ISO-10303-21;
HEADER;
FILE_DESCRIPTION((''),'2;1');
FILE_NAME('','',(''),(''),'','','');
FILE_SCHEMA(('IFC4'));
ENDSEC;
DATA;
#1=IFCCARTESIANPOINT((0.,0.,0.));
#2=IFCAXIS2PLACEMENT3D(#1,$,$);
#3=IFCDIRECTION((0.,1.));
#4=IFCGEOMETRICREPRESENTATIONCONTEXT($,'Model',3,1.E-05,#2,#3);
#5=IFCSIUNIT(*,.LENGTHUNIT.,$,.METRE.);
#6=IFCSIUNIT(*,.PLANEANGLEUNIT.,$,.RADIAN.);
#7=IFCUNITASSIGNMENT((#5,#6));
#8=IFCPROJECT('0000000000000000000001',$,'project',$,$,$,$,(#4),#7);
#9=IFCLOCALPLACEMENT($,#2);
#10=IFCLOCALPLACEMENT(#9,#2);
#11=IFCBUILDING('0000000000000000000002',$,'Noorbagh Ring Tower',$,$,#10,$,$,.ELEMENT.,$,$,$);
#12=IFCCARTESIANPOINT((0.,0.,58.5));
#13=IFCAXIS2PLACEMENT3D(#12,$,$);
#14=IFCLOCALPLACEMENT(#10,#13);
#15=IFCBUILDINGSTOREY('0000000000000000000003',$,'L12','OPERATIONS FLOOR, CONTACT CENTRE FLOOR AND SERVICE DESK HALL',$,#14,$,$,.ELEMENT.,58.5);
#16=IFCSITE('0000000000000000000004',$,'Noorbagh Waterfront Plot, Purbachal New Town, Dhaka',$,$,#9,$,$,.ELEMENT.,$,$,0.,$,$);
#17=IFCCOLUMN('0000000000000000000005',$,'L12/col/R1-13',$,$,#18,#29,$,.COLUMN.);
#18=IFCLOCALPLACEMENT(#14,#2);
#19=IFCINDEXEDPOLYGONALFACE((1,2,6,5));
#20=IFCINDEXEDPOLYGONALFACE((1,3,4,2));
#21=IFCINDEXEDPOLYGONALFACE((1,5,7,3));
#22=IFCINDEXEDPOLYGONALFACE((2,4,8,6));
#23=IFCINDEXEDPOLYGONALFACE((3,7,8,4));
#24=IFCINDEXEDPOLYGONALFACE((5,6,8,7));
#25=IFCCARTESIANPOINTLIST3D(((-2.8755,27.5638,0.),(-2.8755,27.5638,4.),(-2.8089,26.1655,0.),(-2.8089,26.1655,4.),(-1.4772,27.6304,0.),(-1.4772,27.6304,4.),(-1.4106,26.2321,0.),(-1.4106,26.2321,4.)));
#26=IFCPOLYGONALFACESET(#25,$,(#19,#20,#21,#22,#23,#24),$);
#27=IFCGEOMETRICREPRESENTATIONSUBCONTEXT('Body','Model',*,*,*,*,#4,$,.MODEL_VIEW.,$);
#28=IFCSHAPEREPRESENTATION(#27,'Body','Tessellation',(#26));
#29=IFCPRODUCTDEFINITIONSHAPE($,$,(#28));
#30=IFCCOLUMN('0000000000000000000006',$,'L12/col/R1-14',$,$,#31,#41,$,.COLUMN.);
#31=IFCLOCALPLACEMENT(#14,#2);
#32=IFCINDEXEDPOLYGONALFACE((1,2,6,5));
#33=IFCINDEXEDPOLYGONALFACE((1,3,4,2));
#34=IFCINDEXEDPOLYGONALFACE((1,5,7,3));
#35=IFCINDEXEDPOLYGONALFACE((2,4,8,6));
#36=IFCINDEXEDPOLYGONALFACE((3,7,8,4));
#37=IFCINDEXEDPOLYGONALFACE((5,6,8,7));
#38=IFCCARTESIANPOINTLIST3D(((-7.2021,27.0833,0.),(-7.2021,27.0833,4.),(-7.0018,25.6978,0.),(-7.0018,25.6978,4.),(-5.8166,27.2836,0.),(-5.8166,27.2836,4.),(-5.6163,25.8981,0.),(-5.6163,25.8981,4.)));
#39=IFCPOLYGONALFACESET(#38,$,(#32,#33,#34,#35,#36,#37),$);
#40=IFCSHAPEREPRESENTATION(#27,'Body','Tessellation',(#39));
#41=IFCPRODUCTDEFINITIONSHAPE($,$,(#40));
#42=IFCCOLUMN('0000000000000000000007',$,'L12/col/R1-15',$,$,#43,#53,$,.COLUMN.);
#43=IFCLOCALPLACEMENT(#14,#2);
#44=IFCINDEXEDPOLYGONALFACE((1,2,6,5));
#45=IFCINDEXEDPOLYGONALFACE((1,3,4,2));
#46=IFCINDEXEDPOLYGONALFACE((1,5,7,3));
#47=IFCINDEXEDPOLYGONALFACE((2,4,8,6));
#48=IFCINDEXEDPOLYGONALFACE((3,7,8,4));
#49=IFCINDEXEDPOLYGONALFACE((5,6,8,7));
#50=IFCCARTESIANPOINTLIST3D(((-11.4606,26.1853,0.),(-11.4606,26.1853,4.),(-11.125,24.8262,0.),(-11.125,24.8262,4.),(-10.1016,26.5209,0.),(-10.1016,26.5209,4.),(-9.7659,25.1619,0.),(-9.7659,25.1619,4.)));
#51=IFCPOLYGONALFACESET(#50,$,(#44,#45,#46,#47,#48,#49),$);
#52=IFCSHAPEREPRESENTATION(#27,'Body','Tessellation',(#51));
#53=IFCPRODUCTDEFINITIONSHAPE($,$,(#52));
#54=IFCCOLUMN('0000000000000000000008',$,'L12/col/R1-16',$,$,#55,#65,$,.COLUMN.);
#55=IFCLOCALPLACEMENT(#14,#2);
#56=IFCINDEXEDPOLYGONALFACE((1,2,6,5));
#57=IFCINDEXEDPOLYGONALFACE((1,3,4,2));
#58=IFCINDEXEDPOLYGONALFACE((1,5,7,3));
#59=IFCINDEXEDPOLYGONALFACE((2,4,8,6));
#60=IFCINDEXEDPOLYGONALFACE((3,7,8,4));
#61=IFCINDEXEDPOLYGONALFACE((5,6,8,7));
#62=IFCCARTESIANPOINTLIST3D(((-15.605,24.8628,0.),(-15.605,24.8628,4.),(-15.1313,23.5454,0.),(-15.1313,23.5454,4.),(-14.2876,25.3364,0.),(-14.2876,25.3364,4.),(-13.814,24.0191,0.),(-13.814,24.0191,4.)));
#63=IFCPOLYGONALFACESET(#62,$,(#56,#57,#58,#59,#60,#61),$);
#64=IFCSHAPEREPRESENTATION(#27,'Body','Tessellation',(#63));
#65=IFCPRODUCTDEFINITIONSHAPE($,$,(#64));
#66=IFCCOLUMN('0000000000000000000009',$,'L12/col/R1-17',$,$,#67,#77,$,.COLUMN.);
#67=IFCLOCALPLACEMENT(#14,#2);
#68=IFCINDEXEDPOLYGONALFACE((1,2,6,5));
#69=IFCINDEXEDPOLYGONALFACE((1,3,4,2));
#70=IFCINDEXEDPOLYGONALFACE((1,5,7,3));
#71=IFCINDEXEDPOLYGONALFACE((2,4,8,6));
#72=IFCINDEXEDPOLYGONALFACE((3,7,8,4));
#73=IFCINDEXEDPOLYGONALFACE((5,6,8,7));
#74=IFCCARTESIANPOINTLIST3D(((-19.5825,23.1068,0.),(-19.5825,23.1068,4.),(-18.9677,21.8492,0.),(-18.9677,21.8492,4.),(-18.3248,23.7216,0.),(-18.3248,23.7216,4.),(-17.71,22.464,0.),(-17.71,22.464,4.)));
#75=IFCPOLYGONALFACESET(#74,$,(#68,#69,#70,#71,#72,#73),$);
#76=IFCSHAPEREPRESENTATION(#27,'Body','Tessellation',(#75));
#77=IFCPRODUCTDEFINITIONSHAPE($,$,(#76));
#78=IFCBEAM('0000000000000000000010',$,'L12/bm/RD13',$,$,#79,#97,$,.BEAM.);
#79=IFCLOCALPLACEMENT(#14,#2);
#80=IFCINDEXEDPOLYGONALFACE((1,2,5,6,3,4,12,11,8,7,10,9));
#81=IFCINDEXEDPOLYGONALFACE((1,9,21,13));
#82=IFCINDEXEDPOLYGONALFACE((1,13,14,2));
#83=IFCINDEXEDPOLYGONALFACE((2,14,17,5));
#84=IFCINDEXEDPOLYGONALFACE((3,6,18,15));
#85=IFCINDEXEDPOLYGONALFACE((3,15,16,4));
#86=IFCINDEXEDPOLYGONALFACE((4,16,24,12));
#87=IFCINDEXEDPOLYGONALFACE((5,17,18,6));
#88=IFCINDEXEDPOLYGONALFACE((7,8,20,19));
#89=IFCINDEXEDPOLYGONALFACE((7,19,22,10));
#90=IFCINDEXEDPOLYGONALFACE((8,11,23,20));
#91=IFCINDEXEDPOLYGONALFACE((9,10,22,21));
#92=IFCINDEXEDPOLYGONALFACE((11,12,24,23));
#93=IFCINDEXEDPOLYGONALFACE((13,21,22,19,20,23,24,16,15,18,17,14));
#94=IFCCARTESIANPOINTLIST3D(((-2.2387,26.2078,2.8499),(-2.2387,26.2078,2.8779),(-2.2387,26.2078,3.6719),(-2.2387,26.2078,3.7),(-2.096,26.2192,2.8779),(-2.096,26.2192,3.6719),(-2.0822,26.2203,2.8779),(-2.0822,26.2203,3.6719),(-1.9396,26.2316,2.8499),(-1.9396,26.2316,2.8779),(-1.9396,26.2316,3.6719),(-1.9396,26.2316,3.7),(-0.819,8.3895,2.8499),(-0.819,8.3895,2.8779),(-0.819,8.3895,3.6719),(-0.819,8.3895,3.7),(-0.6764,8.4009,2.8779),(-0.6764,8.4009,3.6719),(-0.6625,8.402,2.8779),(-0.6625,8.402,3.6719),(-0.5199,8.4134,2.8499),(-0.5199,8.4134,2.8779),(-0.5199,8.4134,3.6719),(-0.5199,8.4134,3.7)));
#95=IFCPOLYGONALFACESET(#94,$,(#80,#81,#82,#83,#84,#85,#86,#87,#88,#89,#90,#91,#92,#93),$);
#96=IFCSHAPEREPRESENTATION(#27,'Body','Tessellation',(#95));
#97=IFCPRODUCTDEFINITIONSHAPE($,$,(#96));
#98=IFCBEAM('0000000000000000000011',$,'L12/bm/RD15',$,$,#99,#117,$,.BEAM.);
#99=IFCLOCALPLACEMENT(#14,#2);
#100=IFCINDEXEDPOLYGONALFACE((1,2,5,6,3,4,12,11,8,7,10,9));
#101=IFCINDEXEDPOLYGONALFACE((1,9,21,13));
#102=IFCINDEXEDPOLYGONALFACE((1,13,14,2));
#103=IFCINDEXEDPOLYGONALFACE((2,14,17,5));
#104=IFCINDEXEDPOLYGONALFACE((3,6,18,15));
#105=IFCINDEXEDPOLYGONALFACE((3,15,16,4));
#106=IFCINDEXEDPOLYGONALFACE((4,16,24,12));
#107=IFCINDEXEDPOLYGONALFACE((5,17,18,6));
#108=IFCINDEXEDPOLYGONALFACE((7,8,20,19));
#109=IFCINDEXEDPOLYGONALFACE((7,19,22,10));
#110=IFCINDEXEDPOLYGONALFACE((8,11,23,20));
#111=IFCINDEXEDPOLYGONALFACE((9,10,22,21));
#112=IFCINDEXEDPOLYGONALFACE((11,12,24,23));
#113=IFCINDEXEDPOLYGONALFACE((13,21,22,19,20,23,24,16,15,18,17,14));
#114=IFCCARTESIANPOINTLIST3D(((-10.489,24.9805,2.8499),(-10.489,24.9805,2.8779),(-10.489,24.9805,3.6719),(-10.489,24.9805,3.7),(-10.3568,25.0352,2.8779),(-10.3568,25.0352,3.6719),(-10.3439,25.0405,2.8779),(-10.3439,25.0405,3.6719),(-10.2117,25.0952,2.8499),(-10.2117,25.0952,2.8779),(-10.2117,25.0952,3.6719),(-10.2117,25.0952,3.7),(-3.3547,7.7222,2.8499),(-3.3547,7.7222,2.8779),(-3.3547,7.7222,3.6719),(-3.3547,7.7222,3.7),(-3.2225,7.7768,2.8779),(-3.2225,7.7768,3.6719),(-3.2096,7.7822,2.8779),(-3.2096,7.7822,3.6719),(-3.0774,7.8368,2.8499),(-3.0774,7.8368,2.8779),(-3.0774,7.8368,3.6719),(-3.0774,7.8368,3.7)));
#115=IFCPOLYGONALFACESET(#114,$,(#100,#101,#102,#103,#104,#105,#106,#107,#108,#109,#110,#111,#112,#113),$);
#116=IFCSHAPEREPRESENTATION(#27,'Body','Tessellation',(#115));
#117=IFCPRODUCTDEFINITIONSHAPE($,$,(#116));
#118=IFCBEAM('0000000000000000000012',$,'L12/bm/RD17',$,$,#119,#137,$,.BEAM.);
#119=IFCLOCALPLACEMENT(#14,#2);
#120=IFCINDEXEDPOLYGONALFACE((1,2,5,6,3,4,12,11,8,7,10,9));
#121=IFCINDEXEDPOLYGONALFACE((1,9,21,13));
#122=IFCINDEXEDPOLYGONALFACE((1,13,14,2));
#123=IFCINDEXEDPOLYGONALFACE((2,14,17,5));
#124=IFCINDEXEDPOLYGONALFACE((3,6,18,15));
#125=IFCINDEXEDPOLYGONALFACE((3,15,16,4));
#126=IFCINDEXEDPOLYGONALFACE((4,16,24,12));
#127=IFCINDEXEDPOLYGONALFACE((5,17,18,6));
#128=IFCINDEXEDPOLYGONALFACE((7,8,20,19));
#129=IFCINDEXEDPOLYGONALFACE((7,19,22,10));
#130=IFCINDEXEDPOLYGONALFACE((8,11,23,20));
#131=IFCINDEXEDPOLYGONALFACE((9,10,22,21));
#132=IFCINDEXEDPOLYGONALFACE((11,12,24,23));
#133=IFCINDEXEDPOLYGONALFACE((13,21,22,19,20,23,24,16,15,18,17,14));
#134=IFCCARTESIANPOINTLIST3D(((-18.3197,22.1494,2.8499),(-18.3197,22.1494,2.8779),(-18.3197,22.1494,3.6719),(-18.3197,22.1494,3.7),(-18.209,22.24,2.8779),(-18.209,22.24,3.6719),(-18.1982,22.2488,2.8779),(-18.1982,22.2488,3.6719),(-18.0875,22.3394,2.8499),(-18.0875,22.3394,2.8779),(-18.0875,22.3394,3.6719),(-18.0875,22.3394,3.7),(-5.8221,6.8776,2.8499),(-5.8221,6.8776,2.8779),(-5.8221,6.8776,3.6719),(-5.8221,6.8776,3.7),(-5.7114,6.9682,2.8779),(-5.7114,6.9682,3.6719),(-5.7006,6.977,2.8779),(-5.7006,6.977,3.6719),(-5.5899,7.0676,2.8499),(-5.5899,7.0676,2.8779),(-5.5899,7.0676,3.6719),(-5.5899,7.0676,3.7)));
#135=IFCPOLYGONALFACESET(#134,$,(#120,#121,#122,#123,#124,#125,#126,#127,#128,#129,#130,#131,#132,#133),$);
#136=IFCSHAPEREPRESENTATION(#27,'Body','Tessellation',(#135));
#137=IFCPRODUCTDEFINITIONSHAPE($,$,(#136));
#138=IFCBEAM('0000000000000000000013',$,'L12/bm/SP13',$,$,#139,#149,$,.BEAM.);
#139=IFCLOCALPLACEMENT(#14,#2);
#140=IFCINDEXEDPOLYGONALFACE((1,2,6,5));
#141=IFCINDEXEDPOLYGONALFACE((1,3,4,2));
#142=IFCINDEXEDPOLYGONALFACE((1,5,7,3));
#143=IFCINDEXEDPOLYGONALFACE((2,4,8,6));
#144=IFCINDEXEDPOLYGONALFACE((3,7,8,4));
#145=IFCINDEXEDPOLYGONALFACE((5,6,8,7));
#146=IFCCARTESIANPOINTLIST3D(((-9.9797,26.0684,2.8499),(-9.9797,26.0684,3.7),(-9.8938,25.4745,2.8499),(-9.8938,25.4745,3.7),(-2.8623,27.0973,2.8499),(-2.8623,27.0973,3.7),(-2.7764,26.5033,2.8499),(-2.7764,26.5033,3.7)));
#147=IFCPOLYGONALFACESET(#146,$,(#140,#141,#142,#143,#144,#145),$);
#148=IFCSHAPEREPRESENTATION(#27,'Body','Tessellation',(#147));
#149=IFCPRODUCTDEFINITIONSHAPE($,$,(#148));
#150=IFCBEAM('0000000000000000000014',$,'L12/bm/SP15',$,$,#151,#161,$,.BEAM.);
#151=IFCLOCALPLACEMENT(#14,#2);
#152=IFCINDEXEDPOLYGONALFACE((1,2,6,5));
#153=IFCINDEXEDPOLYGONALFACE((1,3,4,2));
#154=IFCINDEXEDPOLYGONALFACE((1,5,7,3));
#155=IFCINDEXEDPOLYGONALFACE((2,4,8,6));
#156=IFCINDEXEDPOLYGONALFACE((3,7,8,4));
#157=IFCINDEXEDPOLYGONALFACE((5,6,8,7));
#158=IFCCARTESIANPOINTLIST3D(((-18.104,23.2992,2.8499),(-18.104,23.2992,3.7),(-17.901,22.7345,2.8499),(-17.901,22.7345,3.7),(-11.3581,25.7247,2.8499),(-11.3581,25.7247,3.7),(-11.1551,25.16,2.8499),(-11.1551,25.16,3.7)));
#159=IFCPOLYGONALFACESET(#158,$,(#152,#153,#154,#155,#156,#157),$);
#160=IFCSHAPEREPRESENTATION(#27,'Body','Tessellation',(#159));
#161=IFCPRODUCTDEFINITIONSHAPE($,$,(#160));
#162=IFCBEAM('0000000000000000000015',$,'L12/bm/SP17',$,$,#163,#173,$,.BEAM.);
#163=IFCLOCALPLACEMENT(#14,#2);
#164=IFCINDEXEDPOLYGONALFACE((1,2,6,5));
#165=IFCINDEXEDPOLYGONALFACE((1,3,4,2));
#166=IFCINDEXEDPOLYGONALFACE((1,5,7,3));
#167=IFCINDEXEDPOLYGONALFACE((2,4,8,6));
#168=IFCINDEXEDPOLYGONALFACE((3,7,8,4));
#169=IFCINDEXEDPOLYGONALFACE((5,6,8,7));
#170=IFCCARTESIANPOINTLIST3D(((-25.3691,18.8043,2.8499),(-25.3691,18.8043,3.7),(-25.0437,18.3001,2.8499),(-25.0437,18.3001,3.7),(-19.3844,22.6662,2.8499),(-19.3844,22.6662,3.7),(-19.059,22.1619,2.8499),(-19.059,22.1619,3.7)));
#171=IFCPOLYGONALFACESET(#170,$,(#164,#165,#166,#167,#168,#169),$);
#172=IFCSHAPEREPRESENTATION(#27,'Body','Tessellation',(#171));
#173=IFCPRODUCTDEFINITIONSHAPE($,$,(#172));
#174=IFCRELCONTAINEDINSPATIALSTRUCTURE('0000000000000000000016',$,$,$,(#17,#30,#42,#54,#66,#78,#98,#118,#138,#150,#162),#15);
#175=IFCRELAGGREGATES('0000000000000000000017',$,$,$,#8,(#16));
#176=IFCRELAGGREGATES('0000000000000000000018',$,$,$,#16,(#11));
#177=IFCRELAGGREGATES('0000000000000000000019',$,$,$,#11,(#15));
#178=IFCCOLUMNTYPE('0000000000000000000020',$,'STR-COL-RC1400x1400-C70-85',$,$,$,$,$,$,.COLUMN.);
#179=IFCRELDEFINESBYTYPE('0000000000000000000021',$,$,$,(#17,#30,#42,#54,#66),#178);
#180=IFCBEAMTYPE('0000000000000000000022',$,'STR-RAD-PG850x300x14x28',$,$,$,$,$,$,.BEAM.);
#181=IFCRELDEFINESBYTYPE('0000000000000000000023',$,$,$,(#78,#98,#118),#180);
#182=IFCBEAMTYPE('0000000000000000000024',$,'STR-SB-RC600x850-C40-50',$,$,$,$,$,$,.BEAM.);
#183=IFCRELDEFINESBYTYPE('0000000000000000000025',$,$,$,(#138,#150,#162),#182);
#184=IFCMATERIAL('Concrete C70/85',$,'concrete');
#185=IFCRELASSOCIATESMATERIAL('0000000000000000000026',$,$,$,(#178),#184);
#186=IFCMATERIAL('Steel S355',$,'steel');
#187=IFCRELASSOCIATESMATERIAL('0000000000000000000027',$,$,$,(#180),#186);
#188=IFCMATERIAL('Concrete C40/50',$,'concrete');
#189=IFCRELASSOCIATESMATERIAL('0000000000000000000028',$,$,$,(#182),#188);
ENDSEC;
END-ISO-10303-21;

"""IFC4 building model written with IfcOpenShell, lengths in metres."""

from ifc_helpers import new_model, si_unit, direction, frame, origin, origin_2d, place, context, subcontext, project, spatial, rectangle, i_section, extrude, material, material_profile, profile_set, type_object, element, save


model = new_model("IFC4")

# Units and contexts
model_context = context("Model", 3, precision=1e-05, world=origin(), true_north=direction((0.0, 1.0)))
body_context = subcontext(model_context, "Body", "Model", "MODEL_VIEW")
ifc_project = project(units=[si_unit("LENGTHUNIT", "METRE"), si_unit("PLANEANGLEUNIT", "RADIAN")], contexts=[model_context])

# Site, building, storey
site_placement = place(None, origin())
site = spatial("IfcSite", under=ifc_project, at=site_placement, Name="Noorbagh Waterfront Plot, Purbachal New Town, Dhaka", CompositionType="ELEMENT", RefElevation=0.0)
building_placement = place(site_placement, origin())
building = spatial("IfcBuilding", under=site, at=building_placement, Name="Noorbagh Ring Tower", CompositionType="ELEMENT")
storey_placement = place(building_placement, frame((0.0, 0.0, 58.5)))
storey = spatial("IfcBuildingStorey", under=building, at=storey_placement, Name="L12", Description="OPERATIONS FLOOR, CONTACT CENTRE FLOOR AND SERVICE DESK HALL", CompositionType="ELEMENT", Elevation=58.5)

# Columns
ifc_material_1 = material(Name="Concrete C70/85", Category="concrete")
ifc_material_profile_1 = material_profile(ifc_material_1, rectangle(XDim=1.3999, YDim=1.3999, at=origin_2d()), Name="RC1400x1400")
ifc_profile_set_1 = profile_set([ifc_material_profile_1], Name="Concrete C70/85")
column_type = type_object("IfcColumnType", Name="STR-COL-RC1400x1400-C70-85", PredefinedType="COLUMN", material=ifc_profile_set_1)
for number, where, z_axis, x_axis, name in (
    (1, (-2.1431, 26.8979, 0.0), (0.0, 0.0, 1.0), (-0.998869, -0.047553, 0.0), "L12/col/R1-13"),
    (2, (-6.4092, 26.4907, 0.0), (0.0, 0.0, 1.0), (-0.989713, -0.143066, 0.0), "L12/col/R1-14"),
    (3, (-10.6133, 25.6736, 0.0), (0.0, 0.0, 1.0), (-0.970829, -0.239771, 0.0), "L12/col/R1-15"),
    (4, (-14.7095, 24.4409, 0.0), (0.0, 0.0, 1.0), (-0.941025, -0.338338, 0.0), "L12/col/R1-16"),
    (5, (-18.6462, 22.7854, 0.0), (0.0, 0.0, 1.0), (-0.898399, -0.43918, 0.0), "L12/col/R1-17"),
):
    element("IfcColumn", number, at=place(storey_placement, frame(where, z_axis=z_axis, x_axis=x_axis)), inside=storey, type_object=column_type, Name=name, PredefinedType="COLUMN", context=body_context, shape_type="SweptSolid", body=[
        extrude(rectangle(XDim=1.3999, YDim=1.3999, at=origin_2d()), origin(), (0.0, 0.0, 1.0), 4.0),
    ])

# Beams
ifc_material_2 = material(Name="Steel S355", Category="steel")
ifc_material_profile_2 = material_profile(ifc_material_2, i_section(OverallWidth=0.3, OverallDepth=0.8501, WebThickness=0.0139, FlangeThickness=0.0281, at=origin_2d()), Name="PG850x300x14x28")
ifc_profile_set_2 = profile_set([ifc_material_profile_2], Name="Steel S355")
beam_type_1 = type_object("IfcBeamType", Name="STR-RAD-PG850x300x14x28", PredefinedType="BEAM", material=ifc_profile_set_2)
beam_1_placement = place(storey_placement, frame((-2.0891, 26.2197, 3.2749), z_axis=(0.079423, -0.996841, 0.0), x_axis=(0.996841, 0.079423, 0.0)))
element("IfcBeam", 6, at=beam_1_placement, inside=storey, type_object=beam_type_1, Name="L12/bm/RD13", PredefinedType="BEAM", context=body_context, shape_type="SweptSolid", body=[
    extrude(i_section(OverallWidth=0.3, OverallDepth=0.8501, WebThickness=0.0139, FlangeThickness=0.0281, at=origin_2d()), origin(), (0.0, 0.0, 1.0), 17.8748),
])
beam_2_placement = place(storey_placement, frame((-10.3503, 25.0378, 3.2749), z_axis=(0.382028, -0.924151, 0.0), x_axis=(0.924151, 0.382028, 0.0)))
element("IfcBeam", 7, at=beam_2_placement, inside=storey, type_object=beam_type_1, Name="L12/bm/RD15", PredefinedType="BEAM", context=body_context, shape_type="SweptSolid", body=[
    extrude(i_section(OverallWidth=0.3, OverallDepth=0.8501, WebThickness=0.0139, FlangeThickness=0.0281, at=origin_2d()), origin(), (0.0, 0.0, 1.0), 18.6748),
])
beam_3_placement = place(storey_placement, frame((-18.2036, 22.2444, 3.2749), z_axis=(0.633314, -0.773895, 0.0), x_axis=(0.773895, 0.633314, 0.0)))
element("IfcBeam", 8, at=beam_3_placement, inside=storey, type_object=beam_type_1, Name="L12/bm/RD17", PredefinedType="BEAM", context=body_context, shape_type="SweptSolid", body=[
    extrude(i_section(OverallWidth=0.3, OverallDepth=0.8501, WebThickness=0.0139, FlangeThickness=0.0281, at=origin_2d()), origin(), (0.0, 0.0, 1.0), 19.7336),
])
ifc_material_3 = material(Name="Concrete C40/50", Category="concrete")
ifc_material_profile_3 = material_profile(ifc_material_3, rectangle(XDim=0.6001, YDim=0.8501, at=origin_2d()), Name="RC600x850")
ifc_profile_set_3 = profile_set([ifc_material_profile_3], Name="Concrete C40/50")
beam_type_2 = type_object("IfcBeamType", Name="STR-SB-RC600x850-C40-50", PredefinedType="BEAM", material=ifc_profile_set_3)
beam_4_placement = place(storey_placement, frame((-2.8193, 26.8003, 3.2749), z_axis=(-0.989714, -0.143061, 0.0), x_axis=(0.143061, -0.989714, 0.0)))
element("IfcBeam", 9, at=beam_4_placement, inside=storey, type_object=beam_type_2, Name="L12/bm/SP13", PredefinedType="BEAM", context=body_context, shape_type="SweptSolid", body=[
    extrude(rectangle(XDim=0.6001, YDim=0.8501, at=origin_2d()), origin(), (0.0, 0.0, 1.0), 7.1914),
])
beam_5_placement = place(storey_placement, frame((-11.2566, 25.4424, 3.2749), z_axis=(-0.941019, -0.338353, 0.0), x_axis=(0.338353, -0.941019, 0.0)))
element("IfcBeam", 10, at=beam_5_placement, inside=storey, type_object=beam_type_2, Name="L12/bm/SP15", PredefinedType="BEAM", context=body_context, shape_type="SweptSolid", body=[
    extrude(rectangle(XDim=0.6001, YDim=0.8501, at=origin_2d()), origin(), (0.0, 0.0, 1.0), 7.1687),
])
beam_6_placement = place(storey_placement, frame((-19.2217, 22.4141, 3.2749), z_axis=(-0.840247, -0.542203, 0.0), x_axis=(0.542203, -0.840247, 0.0)))
element("IfcBeam", 11, at=beam_6_placement, inside=storey, type_object=beam_type_2, Name="L12/bm/SP17", PredefinedType="BEAM", context=body_context, shape_type="SweptSolid", body=[
    extrude(rectangle(XDim=0.6001, YDim=0.8501, at=origin_2d()), origin(), (0.0, 0.0, 1.0), 7.1226),
])

save(model, "model.ifc")
